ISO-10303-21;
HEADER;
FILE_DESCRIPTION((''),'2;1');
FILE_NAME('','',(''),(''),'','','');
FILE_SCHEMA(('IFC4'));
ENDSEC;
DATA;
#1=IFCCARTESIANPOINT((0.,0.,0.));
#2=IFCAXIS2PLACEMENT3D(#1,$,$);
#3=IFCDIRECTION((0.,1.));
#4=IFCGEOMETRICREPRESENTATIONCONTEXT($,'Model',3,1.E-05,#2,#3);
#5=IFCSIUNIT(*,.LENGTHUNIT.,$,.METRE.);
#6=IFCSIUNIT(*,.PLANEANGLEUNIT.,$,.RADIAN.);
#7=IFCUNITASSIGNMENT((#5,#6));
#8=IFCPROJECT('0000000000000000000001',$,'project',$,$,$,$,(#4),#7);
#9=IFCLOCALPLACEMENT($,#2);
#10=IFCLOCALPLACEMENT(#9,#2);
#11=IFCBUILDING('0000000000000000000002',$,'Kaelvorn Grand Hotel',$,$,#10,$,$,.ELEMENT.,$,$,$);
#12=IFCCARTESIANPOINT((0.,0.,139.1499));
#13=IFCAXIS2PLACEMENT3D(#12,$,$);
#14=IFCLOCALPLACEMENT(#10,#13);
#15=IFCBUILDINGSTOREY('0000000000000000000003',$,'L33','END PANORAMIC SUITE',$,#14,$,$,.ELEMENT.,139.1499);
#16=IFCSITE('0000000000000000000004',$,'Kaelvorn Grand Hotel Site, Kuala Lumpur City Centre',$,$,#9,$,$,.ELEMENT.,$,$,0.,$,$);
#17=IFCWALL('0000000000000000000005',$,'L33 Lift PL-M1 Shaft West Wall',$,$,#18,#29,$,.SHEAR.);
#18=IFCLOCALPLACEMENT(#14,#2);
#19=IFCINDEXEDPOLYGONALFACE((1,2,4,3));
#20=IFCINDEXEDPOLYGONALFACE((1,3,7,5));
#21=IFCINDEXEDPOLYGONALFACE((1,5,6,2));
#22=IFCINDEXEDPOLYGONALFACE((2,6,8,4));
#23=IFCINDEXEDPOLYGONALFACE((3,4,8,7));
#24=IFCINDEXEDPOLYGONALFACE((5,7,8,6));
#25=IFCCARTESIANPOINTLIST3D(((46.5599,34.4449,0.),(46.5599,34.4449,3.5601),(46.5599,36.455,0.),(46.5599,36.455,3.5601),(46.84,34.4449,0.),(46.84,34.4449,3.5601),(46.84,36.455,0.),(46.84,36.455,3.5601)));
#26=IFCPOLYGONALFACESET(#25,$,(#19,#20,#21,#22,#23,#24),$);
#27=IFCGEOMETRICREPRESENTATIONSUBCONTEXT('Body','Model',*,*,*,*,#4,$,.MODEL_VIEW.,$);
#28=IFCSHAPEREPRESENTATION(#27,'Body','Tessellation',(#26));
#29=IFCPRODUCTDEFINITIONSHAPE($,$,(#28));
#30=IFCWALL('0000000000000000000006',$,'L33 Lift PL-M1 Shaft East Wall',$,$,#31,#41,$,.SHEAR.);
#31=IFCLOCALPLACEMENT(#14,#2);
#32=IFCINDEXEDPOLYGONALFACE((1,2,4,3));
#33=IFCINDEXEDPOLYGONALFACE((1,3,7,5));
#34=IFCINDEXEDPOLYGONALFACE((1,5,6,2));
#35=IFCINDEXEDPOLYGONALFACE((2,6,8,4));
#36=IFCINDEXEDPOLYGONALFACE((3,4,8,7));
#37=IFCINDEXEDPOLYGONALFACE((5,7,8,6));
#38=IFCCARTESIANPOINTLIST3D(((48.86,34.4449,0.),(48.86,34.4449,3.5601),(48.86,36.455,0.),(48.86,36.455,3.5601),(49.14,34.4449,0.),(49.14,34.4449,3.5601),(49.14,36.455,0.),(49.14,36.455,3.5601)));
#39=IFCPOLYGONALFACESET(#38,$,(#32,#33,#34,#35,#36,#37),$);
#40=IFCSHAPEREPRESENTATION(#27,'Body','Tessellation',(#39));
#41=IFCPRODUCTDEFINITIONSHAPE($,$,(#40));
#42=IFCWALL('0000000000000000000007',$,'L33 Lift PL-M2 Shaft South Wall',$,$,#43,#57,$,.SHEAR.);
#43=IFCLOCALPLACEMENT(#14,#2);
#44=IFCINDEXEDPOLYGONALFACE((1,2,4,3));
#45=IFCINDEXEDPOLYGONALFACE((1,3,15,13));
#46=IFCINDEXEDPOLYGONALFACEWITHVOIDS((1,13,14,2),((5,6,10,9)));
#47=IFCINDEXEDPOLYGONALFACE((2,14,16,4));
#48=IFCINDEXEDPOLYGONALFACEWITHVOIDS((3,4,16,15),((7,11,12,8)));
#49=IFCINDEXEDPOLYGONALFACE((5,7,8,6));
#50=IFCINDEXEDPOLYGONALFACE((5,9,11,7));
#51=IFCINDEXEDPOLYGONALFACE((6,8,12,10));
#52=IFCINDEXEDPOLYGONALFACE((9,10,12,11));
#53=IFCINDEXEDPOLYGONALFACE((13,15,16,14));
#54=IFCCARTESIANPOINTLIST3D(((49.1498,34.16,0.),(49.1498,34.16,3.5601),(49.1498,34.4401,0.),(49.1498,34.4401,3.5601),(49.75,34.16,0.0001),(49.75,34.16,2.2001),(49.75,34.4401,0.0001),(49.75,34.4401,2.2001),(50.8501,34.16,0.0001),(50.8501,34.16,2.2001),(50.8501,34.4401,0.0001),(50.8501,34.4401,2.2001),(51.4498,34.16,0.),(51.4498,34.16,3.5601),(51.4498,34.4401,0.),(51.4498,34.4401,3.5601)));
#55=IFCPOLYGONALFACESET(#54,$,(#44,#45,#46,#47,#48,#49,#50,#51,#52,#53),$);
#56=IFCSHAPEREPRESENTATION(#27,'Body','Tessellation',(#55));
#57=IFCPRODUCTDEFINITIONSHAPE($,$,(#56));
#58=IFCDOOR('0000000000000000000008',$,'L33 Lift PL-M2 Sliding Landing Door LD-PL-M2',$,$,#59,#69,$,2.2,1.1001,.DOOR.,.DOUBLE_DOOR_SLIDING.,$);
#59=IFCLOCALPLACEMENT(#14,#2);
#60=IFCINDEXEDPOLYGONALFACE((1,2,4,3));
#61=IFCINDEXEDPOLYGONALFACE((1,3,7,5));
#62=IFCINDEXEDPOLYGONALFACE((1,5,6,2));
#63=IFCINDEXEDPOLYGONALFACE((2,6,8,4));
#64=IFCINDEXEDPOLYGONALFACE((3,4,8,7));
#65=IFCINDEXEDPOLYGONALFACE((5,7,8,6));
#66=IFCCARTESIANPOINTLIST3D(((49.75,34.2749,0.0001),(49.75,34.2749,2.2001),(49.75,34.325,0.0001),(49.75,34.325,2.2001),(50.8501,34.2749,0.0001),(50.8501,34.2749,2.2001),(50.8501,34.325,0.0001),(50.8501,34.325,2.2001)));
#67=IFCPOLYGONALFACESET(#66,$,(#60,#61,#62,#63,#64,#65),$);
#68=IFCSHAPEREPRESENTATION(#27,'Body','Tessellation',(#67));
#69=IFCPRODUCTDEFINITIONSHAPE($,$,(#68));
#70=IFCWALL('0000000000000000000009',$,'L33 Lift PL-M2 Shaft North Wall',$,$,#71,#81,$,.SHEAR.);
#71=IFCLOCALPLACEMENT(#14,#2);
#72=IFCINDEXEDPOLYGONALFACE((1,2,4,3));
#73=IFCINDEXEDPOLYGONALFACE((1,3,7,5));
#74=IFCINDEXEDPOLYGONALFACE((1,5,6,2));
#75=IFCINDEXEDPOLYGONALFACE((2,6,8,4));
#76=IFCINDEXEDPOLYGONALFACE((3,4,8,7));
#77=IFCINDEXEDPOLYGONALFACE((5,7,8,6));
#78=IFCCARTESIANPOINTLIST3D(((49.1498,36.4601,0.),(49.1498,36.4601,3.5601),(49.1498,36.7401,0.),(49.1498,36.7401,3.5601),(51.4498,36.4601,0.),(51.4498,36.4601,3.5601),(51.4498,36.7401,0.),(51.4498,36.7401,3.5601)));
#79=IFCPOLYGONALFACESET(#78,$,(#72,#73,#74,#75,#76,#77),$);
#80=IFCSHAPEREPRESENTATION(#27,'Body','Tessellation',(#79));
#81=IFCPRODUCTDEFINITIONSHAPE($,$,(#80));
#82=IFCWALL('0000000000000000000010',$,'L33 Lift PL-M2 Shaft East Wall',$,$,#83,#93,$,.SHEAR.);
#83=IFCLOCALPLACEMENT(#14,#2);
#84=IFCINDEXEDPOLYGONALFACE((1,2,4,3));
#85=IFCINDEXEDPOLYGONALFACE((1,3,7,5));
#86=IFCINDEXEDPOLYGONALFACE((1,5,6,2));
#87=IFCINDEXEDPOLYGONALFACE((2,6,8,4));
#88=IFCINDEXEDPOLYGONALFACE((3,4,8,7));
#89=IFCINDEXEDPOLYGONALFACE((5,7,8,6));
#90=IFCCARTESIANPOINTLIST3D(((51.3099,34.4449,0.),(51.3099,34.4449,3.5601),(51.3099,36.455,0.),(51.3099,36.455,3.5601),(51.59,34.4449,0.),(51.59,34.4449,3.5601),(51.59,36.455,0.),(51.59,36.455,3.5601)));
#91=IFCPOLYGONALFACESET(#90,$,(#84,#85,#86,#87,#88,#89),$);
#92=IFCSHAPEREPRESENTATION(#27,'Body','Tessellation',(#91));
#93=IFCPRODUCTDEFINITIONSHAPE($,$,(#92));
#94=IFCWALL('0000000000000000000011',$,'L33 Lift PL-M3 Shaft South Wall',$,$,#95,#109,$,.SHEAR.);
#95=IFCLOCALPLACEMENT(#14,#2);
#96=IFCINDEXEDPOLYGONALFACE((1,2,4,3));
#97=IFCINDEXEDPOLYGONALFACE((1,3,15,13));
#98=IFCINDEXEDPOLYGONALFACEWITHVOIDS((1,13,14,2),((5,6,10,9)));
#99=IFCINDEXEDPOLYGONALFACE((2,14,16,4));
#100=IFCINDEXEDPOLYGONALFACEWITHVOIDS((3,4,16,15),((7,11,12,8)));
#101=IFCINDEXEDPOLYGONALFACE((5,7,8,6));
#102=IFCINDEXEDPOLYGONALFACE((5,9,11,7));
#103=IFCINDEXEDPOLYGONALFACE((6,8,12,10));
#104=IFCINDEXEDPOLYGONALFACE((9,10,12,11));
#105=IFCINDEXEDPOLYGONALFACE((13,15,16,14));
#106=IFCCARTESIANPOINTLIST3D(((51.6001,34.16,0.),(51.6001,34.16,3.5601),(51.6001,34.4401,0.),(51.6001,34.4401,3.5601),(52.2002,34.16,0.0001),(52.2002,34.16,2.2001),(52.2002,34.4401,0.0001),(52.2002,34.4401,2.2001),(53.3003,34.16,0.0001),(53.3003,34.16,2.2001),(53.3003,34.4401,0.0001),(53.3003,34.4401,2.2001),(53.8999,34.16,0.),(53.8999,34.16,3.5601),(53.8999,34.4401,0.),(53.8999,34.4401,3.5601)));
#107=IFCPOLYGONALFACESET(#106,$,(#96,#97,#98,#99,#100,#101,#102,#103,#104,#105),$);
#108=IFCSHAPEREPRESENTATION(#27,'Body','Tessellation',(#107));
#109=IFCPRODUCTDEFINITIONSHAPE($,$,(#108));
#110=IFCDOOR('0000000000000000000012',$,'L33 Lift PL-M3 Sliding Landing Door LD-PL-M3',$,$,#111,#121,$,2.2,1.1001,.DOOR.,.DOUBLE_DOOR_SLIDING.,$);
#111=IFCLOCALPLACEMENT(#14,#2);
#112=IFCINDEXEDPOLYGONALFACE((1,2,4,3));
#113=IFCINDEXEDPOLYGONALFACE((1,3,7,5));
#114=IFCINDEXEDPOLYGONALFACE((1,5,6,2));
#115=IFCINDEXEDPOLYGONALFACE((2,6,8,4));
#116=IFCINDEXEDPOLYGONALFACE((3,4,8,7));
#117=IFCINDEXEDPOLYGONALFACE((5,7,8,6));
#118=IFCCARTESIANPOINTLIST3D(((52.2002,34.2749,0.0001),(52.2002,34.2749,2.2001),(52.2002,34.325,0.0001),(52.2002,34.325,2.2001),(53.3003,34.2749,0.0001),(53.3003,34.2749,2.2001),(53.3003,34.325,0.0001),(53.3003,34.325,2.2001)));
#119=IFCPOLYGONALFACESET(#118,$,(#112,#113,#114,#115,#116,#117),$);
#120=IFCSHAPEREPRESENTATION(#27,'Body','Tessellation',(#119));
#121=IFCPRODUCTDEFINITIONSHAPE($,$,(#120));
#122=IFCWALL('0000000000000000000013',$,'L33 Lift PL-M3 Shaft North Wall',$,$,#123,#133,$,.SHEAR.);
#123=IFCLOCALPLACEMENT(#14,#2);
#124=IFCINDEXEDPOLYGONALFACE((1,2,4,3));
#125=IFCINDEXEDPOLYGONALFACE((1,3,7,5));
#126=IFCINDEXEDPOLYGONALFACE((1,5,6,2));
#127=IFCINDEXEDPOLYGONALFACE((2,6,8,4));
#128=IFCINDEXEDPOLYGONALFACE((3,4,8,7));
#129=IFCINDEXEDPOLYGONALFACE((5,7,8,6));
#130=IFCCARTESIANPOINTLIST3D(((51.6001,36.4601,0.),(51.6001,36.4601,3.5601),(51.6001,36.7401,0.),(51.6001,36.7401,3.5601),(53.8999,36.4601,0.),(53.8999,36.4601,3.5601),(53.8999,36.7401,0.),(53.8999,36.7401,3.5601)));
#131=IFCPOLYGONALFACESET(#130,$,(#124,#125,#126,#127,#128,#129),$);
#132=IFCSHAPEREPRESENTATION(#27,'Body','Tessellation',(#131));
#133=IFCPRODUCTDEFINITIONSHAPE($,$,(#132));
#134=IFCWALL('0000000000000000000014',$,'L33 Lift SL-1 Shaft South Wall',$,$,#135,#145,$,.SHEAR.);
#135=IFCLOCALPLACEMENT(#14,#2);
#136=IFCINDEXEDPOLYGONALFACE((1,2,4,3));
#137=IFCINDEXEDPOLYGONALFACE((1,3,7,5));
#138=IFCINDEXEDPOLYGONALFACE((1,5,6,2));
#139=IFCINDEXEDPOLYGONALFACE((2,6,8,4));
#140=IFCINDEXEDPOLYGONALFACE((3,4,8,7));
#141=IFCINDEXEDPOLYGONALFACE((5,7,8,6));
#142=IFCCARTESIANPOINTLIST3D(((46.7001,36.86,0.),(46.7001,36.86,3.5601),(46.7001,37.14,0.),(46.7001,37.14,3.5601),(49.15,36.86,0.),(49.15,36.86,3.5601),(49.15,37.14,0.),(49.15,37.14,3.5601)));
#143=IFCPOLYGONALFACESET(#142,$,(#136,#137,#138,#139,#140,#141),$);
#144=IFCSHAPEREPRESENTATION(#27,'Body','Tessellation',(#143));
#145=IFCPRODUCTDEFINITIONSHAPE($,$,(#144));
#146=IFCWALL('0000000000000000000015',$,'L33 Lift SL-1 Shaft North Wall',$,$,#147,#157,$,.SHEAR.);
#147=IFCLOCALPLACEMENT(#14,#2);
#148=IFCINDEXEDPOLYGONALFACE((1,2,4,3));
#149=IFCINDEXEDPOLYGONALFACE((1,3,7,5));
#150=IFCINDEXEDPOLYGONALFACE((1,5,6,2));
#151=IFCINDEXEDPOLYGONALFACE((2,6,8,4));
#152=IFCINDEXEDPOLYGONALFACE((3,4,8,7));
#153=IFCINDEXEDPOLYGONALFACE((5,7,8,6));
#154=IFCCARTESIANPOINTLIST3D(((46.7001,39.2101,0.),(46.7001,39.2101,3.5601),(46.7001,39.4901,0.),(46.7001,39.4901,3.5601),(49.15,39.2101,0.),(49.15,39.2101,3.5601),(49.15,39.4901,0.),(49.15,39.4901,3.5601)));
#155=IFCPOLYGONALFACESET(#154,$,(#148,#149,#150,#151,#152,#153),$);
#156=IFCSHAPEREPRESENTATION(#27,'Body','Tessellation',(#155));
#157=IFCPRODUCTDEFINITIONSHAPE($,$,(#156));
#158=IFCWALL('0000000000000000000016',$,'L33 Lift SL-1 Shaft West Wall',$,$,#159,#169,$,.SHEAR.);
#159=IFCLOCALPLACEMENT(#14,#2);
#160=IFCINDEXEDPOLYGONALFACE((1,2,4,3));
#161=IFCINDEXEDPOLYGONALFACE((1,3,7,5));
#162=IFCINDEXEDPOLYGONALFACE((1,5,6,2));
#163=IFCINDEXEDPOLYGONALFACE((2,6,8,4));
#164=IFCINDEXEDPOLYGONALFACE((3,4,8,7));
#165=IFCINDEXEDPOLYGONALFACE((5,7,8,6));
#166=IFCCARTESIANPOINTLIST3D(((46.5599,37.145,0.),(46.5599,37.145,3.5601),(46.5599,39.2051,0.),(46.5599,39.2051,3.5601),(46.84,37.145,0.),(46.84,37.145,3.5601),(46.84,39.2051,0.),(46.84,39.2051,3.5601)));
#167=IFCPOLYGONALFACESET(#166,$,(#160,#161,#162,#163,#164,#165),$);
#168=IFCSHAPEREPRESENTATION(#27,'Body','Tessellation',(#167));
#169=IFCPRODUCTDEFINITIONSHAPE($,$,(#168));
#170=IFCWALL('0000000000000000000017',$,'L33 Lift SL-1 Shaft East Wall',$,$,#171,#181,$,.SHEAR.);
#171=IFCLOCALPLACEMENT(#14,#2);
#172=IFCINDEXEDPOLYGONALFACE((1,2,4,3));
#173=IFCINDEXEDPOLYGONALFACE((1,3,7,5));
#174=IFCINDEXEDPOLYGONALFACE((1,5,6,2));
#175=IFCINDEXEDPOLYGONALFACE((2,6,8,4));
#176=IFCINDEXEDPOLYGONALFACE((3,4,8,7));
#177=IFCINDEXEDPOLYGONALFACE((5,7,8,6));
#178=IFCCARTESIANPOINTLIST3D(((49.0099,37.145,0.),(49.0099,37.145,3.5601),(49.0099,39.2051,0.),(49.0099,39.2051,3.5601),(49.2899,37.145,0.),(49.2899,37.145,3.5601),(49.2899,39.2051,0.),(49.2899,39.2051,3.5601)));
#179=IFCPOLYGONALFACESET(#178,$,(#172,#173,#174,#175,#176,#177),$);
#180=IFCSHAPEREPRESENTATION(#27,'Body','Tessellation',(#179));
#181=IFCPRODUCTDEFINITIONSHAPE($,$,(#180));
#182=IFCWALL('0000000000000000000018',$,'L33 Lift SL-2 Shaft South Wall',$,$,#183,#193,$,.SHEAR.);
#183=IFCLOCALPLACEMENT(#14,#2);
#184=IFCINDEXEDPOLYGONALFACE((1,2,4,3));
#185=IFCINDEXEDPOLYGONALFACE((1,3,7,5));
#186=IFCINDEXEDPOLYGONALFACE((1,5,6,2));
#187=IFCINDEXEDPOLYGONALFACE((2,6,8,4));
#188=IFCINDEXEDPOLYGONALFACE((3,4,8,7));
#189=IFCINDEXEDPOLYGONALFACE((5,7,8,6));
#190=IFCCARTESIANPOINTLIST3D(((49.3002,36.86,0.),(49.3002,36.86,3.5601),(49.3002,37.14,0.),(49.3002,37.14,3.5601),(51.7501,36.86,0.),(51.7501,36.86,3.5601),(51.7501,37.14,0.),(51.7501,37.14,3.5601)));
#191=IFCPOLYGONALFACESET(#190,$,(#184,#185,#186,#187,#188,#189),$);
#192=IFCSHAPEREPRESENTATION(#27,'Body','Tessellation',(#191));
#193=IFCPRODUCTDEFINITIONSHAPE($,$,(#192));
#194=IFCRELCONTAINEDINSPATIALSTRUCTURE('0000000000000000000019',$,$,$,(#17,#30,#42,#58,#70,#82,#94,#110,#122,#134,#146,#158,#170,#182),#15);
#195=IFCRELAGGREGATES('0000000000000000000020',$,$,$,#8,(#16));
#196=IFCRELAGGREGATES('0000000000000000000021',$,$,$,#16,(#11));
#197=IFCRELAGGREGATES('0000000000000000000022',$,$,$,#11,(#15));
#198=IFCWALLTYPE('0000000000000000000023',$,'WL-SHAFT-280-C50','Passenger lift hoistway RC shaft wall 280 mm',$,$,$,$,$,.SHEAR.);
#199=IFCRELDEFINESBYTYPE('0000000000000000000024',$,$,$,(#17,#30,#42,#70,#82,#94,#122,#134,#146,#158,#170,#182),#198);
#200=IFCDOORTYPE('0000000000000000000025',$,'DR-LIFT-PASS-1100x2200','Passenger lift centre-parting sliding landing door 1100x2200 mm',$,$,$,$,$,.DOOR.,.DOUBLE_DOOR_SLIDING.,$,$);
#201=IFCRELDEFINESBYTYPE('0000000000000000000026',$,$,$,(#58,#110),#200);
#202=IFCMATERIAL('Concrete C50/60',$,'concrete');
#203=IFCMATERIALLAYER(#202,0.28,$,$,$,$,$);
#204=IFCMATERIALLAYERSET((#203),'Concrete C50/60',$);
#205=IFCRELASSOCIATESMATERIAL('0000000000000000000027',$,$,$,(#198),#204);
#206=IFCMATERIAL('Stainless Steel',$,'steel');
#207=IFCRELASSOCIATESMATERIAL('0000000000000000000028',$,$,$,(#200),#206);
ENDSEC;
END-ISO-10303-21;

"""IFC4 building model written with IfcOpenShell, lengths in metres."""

from ifc_helpers import new_model, si_unit, direction, frame, frame_2d, origin, place, context, subcontext, project, spatial, rectangle, extrude, material, layer, layer_set, type_object, element, fill, save


model = new_model("IFC4")

# Units and contexts
model_context = context("Model", 3, precision=1e-05, world=origin(), true_north=direction((0.0, 1.0)))
body_context = subcontext(model_context, "Body", "Model", "MODEL_VIEW")
ifc_project = project(units=[si_unit("LENGTHUNIT", "METRE"), si_unit("PLANEANGLEUNIT", "RADIAN")], contexts=[model_context])

# Site, building, storey
site_placement = place(None, origin())
site = spatial("IfcSite", under=ifc_project, at=site_placement, Name="Kaelvorn Grand Hotel Site, Kuala Lumpur City Centre", CompositionType="ELEMENT", RefElevation=0.0)
building_placement = place(site_placement, origin())
building = spatial("IfcBuilding", under=site, at=building_placement, Name="Kaelvorn Grand Hotel", CompositionType="ELEMENT")
storey_placement = place(building_placement, frame((0.0, 0.0, 139.1499)))
storey = spatial("IfcBuildingStorey", under=building, at=storey_placement, Name="L33", Description="END PANORAMIC SUITE", CompositionType="ELEMENT", Elevation=139.1499)

# Shared definitions
ifc_material_1 = material(Name="Concrete C50/60", Category="concrete")
ifc_layer_1 = layer(ifc_material_1, 0.28)
ifc_layer_set_1 = layer_set([ifc_layer_1], Name="Concrete C50/60")
wall_type_1 = type_object("IfcWallType", Name="WL-SHAFT-280-C50", Description="Passenger lift hoistway RC shaft wall 280 mm", PredefinedType="SHEAR", material=ifc_layer_set_1)
ifc_material_2 = material(Name="Stainless Steel", Category="steel")
door_type_1 = type_object("IfcDoorType", Name="DR-LIFT-PASS-1100x2200", Description="Passenger lift centre-parting sliding landing door 1100x2200 mm", OperationType="DOUBLE_DOOR_SLIDING", PredefinedType="DOOR", material=ifc_material_2)

# Walls
for number, where, z_axis, x_axis, name in (
    (1, (46.7, 34.4451, 0.0), (0.0, 0.0, 1.0), (0.0, 1.0, 0.0), "L33 Lift PL-M1 Shaft West Wall"),
    (2, (49.0, 34.4451, 0.0), (0.0, 0.0, 1.0), (0.0, 1.0, 0.0), "L33 Lift PL-M1 Shaft East Wall"),
):
    element("IfcWall", number, at=place(storey_placement, frame(where, z_axis=z_axis, x_axis=x_axis)), inside=storey, type_object=wall_type_1, Name=name, PredefinedType="SHEAR", context=body_context, shape_type="SweptSolid", body=[
        extrude(rectangle(XDim=2.01, YDim=0.28, at=frame_2d((1.0049, 0.0))), origin(), (0.0, 0.0, 1.0), 3.5601),
    ])

# Wall, opening, door
wall_1_placement = place(storey_placement, frame((49.1499, 34.3, 0.0), z_axis=(0.0, 0.0, 1.0), x_axis=(1.0, 0.0, 0.0)))
wall_1 = element("IfcWall", 3, at=wall_1_placement, inside=storey, type_object=wall_type_1, Name="L33 Lift PL-M2 Shaft South Wall", PredefinedType="SHEAR", context=body_context, shape_type="SweptSolid", body=[
    extrude(rectangle(XDim=2.3, YDim=0.28, at=frame_2d((1.1499, 0.0))), origin(), (0.0, 0.0, 1.0), 3.5601),
])
opening_1_placement = place(wall_1_placement, frame((0.6001, 0.0, 0.0)))
opening_1 = element("IfcOpeningElement", 4, at=opening_1_placement, cuts=wall_1, PredefinedType="OPENING", context=body_context, shape_type="SweptSolid", body=[
    extrude(rectangle(XDim=1.1001, YDim=2.2, at=frame_2d((0.55, 1.1001))), frame((0.0, 0.1499, 0.0), z_axis=(0.0, -1.0, 0.0), x_axis=(1.0, 0.0, 0.0)), (0.0, 0.0, 1.0), 0.3),
])
door_1_placement = place(opening_1_placement, origin())
door_1 = element("IfcDoor", 5, at=door_1_placement, inside=storey, type_object=door_type_1, Name="L33 Lift PL-M2 Sliding Landing Door LD-PL-M2", OperationType="DOUBLE_DOOR_SLIDING", OverallHeight=2.2, OverallWidth=1.1001, PredefinedType="DOOR", context=body_context, shape_type="SweptSolid", body=[
    extrude(rectangle(XDim=1.1001, YDim=2.2, at=frame_2d((0.55, 1.1001))), frame((0.0, 0.0249, 0.0), z_axis=(0.0, -1.0, 0.0), x_axis=(1.0, 0.0, 0.0)), (0.0, 0.0, 1.0), 0.05),
])
fill(opening_1, door_1)

# Walls
wall_2_placement = place(storey_placement, frame((49.1499, 36.6001, 0.0), z_axis=(0.0, 0.0, 1.0), x_axis=(1.0, 0.0, 0.0)))
element("IfcWall", 6, at=wall_2_placement, inside=storey, type_object=wall_type_1, Name="L33 Lift PL-M2 Shaft North Wall", PredefinedType="SHEAR", context=body_context, shape_type="SweptSolid", body=[
    extrude(rectangle(XDim=2.3, YDim=0.28, at=frame_2d((1.1499, 0.0))), origin(), (0.0, 0.0, 1.0), 3.5601),
])
wall_3_placement = place(storey_placement, frame((51.45, 34.4451, 0.0), z_axis=(0.0, 0.0, 1.0), x_axis=(0.0, 1.0, 0.0)))
element("IfcWall", 7, at=wall_3_placement, inside=storey, type_object=wall_type_1, Name="L33 Lift PL-M2 Shaft East Wall", PredefinedType="SHEAR", context=body_context, shape_type="SweptSolid", body=[
    extrude(rectangle(XDim=2.01, YDim=0.28, at=frame_2d((1.0049, 0.0))), origin(), (0.0, 0.0, 1.0), 3.5601),
])

# Wall, opening, door
wall_4_placement = place(storey_placement, frame((51.6001, 34.3, 0.0), z_axis=(0.0, 0.0, 1.0), x_axis=(1.0, 0.0, 0.0)))
wall_4 = element("IfcWall", 8, at=wall_4_placement, inside=storey, type_object=wall_type_1, Name="L33 Lift PL-M3 Shaft South Wall", PredefinedType="SHEAR", context=body_context, shape_type="SweptSolid", body=[
    extrude(rectangle(XDim=2.2998, YDim=0.28, at=frame_2d((1.1499, 0.0))), origin(), (0.0, 0.0, 1.0), 3.5601),
])
opening_2_placement = place(wall_4_placement, frame((0.6001, 0.0, 0.0)))
opening_2 = element("IfcOpeningElement", 9, at=opening_2_placement, cuts=wall_4, PredefinedType="OPENING", context=body_context, shape_type="SweptSolid", body=[
    extrude(rectangle(XDim=1.1001, YDim=2.2, at=frame_2d((0.55, 1.1001))), frame((0.0, 0.1499, 0.0), z_axis=(0.0, -1.0, 0.0), x_axis=(1.0, 0.0, 0.0)), (0.0, 0.0, 1.0), 0.3),
])
door_2_placement = place(opening_2_placement, origin())
door_2 = element("IfcDoor", 10, at=door_2_placement, inside=storey, type_object=door_type_1, Name="L33 Lift PL-M3 Sliding Landing Door LD-PL-M3", OperationType="DOUBLE_DOOR_SLIDING", OverallHeight=2.2, OverallWidth=1.1001, PredefinedType="DOOR", context=body_context, shape_type="SweptSolid", body=[
    extrude(rectangle(XDim=1.1001, YDim=2.2, at=frame_2d((0.55, 1.1001))), frame((0.0, 0.0249, 0.0), z_axis=(0.0, -1.0, 0.0), x_axis=(1.0, 0.0, 0.0)), (0.0, 0.0, 1.0), 0.05),
])
fill(opening_2, door_2)

# Walls
wall_5_placement = place(storey_placement, frame((51.6001, 36.6001, 0.0), z_axis=(0.0, 0.0, 1.0), x_axis=(1.0, 0.0, 0.0)))
element("IfcWall", 11, at=wall_5_placement, inside=storey, type_object=wall_type_1, Name="L33 Lift PL-M3 Shaft North Wall", PredefinedType="SHEAR", context=body_context, shape_type="SweptSolid", body=[
    extrude(rectangle(XDim=2.2998, YDim=0.28, at=frame_2d((1.1499, 0.0))), origin(), (0.0, 0.0, 1.0), 3.5601),
])
for number, where, z_axis, x_axis, name in (
    (12, (46.7, 37.0, 0.0), (0.0, 0.0, 1.0), (1.0, 0.0, 0.0), "L33 Lift SL-1 Shaft South Wall"),
    (13, (46.7, 39.3501, 0.0), (0.0, 0.0, 1.0), (1.0, 0.0, 0.0), "L33 Lift SL-1 Shaft North Wall"),
):
    element("IfcWall", number, at=place(storey_placement, frame(where, z_axis=z_axis, x_axis=x_axis)), inside=storey, type_object=wall_type_1, Name=name, PredefinedType="SHEAR", context=body_context, shape_type="SweptSolid", body=[
        extrude(rectangle(XDim=2.45, YDim=0.28, at=frame_2d((1.2251, 0.0))), origin(), (0.0, 0.0, 1.0), 3.5601),
    ])
for number, where, z_axis, x_axis, name in (
    (14, (46.7, 37.145, 0.0), (0.0, 0.0, 1.0), (0.0, 1.0, 0.0), "L33 Lift SL-1 Shaft West Wall"),
    (15, (49.1499, 37.145, 0.0), (0.0, 0.0, 1.0), (0.0, 1.0, 0.0), "L33 Lift SL-1 Shaft East Wall"),
):
    element("IfcWall", number, at=place(storey_placement, frame(where, z_axis=z_axis, x_axis=x_axis)), inside=storey, type_object=wall_type_1, Name=name, PredefinedType="SHEAR", context=body_context, shape_type="SweptSolid", body=[
        extrude(rectangle(XDim=2.0601, YDim=0.28, at=frame_2d((1.03, 0.0))), origin(), (0.0, 0.0, 1.0), 3.5601),
    ])
for number, where, z_axis, x_axis, name in (
    (16, (49.3, 37.0, 0.0), (0.0, 0.0, 1.0), (1.0, 0.0, 0.0), "L33 Lift SL-2 Shaft South Wall"),
):
    element("IfcWall", number, at=place(storey_placement, frame(where, z_axis=z_axis, x_axis=x_axis)), inside=storey, type_object=wall_type_1, Name=name, PredefinedType="SHEAR", context=body_context, shape_type="SweptSolid", body=[
        extrude(rectangle(XDim=2.45, YDim=0.28, at=frame_2d((1.2251, 0.0))), origin(), (0.0, 0.0, 1.0), 3.5601),
    ])

save(model, "model.ifc")
